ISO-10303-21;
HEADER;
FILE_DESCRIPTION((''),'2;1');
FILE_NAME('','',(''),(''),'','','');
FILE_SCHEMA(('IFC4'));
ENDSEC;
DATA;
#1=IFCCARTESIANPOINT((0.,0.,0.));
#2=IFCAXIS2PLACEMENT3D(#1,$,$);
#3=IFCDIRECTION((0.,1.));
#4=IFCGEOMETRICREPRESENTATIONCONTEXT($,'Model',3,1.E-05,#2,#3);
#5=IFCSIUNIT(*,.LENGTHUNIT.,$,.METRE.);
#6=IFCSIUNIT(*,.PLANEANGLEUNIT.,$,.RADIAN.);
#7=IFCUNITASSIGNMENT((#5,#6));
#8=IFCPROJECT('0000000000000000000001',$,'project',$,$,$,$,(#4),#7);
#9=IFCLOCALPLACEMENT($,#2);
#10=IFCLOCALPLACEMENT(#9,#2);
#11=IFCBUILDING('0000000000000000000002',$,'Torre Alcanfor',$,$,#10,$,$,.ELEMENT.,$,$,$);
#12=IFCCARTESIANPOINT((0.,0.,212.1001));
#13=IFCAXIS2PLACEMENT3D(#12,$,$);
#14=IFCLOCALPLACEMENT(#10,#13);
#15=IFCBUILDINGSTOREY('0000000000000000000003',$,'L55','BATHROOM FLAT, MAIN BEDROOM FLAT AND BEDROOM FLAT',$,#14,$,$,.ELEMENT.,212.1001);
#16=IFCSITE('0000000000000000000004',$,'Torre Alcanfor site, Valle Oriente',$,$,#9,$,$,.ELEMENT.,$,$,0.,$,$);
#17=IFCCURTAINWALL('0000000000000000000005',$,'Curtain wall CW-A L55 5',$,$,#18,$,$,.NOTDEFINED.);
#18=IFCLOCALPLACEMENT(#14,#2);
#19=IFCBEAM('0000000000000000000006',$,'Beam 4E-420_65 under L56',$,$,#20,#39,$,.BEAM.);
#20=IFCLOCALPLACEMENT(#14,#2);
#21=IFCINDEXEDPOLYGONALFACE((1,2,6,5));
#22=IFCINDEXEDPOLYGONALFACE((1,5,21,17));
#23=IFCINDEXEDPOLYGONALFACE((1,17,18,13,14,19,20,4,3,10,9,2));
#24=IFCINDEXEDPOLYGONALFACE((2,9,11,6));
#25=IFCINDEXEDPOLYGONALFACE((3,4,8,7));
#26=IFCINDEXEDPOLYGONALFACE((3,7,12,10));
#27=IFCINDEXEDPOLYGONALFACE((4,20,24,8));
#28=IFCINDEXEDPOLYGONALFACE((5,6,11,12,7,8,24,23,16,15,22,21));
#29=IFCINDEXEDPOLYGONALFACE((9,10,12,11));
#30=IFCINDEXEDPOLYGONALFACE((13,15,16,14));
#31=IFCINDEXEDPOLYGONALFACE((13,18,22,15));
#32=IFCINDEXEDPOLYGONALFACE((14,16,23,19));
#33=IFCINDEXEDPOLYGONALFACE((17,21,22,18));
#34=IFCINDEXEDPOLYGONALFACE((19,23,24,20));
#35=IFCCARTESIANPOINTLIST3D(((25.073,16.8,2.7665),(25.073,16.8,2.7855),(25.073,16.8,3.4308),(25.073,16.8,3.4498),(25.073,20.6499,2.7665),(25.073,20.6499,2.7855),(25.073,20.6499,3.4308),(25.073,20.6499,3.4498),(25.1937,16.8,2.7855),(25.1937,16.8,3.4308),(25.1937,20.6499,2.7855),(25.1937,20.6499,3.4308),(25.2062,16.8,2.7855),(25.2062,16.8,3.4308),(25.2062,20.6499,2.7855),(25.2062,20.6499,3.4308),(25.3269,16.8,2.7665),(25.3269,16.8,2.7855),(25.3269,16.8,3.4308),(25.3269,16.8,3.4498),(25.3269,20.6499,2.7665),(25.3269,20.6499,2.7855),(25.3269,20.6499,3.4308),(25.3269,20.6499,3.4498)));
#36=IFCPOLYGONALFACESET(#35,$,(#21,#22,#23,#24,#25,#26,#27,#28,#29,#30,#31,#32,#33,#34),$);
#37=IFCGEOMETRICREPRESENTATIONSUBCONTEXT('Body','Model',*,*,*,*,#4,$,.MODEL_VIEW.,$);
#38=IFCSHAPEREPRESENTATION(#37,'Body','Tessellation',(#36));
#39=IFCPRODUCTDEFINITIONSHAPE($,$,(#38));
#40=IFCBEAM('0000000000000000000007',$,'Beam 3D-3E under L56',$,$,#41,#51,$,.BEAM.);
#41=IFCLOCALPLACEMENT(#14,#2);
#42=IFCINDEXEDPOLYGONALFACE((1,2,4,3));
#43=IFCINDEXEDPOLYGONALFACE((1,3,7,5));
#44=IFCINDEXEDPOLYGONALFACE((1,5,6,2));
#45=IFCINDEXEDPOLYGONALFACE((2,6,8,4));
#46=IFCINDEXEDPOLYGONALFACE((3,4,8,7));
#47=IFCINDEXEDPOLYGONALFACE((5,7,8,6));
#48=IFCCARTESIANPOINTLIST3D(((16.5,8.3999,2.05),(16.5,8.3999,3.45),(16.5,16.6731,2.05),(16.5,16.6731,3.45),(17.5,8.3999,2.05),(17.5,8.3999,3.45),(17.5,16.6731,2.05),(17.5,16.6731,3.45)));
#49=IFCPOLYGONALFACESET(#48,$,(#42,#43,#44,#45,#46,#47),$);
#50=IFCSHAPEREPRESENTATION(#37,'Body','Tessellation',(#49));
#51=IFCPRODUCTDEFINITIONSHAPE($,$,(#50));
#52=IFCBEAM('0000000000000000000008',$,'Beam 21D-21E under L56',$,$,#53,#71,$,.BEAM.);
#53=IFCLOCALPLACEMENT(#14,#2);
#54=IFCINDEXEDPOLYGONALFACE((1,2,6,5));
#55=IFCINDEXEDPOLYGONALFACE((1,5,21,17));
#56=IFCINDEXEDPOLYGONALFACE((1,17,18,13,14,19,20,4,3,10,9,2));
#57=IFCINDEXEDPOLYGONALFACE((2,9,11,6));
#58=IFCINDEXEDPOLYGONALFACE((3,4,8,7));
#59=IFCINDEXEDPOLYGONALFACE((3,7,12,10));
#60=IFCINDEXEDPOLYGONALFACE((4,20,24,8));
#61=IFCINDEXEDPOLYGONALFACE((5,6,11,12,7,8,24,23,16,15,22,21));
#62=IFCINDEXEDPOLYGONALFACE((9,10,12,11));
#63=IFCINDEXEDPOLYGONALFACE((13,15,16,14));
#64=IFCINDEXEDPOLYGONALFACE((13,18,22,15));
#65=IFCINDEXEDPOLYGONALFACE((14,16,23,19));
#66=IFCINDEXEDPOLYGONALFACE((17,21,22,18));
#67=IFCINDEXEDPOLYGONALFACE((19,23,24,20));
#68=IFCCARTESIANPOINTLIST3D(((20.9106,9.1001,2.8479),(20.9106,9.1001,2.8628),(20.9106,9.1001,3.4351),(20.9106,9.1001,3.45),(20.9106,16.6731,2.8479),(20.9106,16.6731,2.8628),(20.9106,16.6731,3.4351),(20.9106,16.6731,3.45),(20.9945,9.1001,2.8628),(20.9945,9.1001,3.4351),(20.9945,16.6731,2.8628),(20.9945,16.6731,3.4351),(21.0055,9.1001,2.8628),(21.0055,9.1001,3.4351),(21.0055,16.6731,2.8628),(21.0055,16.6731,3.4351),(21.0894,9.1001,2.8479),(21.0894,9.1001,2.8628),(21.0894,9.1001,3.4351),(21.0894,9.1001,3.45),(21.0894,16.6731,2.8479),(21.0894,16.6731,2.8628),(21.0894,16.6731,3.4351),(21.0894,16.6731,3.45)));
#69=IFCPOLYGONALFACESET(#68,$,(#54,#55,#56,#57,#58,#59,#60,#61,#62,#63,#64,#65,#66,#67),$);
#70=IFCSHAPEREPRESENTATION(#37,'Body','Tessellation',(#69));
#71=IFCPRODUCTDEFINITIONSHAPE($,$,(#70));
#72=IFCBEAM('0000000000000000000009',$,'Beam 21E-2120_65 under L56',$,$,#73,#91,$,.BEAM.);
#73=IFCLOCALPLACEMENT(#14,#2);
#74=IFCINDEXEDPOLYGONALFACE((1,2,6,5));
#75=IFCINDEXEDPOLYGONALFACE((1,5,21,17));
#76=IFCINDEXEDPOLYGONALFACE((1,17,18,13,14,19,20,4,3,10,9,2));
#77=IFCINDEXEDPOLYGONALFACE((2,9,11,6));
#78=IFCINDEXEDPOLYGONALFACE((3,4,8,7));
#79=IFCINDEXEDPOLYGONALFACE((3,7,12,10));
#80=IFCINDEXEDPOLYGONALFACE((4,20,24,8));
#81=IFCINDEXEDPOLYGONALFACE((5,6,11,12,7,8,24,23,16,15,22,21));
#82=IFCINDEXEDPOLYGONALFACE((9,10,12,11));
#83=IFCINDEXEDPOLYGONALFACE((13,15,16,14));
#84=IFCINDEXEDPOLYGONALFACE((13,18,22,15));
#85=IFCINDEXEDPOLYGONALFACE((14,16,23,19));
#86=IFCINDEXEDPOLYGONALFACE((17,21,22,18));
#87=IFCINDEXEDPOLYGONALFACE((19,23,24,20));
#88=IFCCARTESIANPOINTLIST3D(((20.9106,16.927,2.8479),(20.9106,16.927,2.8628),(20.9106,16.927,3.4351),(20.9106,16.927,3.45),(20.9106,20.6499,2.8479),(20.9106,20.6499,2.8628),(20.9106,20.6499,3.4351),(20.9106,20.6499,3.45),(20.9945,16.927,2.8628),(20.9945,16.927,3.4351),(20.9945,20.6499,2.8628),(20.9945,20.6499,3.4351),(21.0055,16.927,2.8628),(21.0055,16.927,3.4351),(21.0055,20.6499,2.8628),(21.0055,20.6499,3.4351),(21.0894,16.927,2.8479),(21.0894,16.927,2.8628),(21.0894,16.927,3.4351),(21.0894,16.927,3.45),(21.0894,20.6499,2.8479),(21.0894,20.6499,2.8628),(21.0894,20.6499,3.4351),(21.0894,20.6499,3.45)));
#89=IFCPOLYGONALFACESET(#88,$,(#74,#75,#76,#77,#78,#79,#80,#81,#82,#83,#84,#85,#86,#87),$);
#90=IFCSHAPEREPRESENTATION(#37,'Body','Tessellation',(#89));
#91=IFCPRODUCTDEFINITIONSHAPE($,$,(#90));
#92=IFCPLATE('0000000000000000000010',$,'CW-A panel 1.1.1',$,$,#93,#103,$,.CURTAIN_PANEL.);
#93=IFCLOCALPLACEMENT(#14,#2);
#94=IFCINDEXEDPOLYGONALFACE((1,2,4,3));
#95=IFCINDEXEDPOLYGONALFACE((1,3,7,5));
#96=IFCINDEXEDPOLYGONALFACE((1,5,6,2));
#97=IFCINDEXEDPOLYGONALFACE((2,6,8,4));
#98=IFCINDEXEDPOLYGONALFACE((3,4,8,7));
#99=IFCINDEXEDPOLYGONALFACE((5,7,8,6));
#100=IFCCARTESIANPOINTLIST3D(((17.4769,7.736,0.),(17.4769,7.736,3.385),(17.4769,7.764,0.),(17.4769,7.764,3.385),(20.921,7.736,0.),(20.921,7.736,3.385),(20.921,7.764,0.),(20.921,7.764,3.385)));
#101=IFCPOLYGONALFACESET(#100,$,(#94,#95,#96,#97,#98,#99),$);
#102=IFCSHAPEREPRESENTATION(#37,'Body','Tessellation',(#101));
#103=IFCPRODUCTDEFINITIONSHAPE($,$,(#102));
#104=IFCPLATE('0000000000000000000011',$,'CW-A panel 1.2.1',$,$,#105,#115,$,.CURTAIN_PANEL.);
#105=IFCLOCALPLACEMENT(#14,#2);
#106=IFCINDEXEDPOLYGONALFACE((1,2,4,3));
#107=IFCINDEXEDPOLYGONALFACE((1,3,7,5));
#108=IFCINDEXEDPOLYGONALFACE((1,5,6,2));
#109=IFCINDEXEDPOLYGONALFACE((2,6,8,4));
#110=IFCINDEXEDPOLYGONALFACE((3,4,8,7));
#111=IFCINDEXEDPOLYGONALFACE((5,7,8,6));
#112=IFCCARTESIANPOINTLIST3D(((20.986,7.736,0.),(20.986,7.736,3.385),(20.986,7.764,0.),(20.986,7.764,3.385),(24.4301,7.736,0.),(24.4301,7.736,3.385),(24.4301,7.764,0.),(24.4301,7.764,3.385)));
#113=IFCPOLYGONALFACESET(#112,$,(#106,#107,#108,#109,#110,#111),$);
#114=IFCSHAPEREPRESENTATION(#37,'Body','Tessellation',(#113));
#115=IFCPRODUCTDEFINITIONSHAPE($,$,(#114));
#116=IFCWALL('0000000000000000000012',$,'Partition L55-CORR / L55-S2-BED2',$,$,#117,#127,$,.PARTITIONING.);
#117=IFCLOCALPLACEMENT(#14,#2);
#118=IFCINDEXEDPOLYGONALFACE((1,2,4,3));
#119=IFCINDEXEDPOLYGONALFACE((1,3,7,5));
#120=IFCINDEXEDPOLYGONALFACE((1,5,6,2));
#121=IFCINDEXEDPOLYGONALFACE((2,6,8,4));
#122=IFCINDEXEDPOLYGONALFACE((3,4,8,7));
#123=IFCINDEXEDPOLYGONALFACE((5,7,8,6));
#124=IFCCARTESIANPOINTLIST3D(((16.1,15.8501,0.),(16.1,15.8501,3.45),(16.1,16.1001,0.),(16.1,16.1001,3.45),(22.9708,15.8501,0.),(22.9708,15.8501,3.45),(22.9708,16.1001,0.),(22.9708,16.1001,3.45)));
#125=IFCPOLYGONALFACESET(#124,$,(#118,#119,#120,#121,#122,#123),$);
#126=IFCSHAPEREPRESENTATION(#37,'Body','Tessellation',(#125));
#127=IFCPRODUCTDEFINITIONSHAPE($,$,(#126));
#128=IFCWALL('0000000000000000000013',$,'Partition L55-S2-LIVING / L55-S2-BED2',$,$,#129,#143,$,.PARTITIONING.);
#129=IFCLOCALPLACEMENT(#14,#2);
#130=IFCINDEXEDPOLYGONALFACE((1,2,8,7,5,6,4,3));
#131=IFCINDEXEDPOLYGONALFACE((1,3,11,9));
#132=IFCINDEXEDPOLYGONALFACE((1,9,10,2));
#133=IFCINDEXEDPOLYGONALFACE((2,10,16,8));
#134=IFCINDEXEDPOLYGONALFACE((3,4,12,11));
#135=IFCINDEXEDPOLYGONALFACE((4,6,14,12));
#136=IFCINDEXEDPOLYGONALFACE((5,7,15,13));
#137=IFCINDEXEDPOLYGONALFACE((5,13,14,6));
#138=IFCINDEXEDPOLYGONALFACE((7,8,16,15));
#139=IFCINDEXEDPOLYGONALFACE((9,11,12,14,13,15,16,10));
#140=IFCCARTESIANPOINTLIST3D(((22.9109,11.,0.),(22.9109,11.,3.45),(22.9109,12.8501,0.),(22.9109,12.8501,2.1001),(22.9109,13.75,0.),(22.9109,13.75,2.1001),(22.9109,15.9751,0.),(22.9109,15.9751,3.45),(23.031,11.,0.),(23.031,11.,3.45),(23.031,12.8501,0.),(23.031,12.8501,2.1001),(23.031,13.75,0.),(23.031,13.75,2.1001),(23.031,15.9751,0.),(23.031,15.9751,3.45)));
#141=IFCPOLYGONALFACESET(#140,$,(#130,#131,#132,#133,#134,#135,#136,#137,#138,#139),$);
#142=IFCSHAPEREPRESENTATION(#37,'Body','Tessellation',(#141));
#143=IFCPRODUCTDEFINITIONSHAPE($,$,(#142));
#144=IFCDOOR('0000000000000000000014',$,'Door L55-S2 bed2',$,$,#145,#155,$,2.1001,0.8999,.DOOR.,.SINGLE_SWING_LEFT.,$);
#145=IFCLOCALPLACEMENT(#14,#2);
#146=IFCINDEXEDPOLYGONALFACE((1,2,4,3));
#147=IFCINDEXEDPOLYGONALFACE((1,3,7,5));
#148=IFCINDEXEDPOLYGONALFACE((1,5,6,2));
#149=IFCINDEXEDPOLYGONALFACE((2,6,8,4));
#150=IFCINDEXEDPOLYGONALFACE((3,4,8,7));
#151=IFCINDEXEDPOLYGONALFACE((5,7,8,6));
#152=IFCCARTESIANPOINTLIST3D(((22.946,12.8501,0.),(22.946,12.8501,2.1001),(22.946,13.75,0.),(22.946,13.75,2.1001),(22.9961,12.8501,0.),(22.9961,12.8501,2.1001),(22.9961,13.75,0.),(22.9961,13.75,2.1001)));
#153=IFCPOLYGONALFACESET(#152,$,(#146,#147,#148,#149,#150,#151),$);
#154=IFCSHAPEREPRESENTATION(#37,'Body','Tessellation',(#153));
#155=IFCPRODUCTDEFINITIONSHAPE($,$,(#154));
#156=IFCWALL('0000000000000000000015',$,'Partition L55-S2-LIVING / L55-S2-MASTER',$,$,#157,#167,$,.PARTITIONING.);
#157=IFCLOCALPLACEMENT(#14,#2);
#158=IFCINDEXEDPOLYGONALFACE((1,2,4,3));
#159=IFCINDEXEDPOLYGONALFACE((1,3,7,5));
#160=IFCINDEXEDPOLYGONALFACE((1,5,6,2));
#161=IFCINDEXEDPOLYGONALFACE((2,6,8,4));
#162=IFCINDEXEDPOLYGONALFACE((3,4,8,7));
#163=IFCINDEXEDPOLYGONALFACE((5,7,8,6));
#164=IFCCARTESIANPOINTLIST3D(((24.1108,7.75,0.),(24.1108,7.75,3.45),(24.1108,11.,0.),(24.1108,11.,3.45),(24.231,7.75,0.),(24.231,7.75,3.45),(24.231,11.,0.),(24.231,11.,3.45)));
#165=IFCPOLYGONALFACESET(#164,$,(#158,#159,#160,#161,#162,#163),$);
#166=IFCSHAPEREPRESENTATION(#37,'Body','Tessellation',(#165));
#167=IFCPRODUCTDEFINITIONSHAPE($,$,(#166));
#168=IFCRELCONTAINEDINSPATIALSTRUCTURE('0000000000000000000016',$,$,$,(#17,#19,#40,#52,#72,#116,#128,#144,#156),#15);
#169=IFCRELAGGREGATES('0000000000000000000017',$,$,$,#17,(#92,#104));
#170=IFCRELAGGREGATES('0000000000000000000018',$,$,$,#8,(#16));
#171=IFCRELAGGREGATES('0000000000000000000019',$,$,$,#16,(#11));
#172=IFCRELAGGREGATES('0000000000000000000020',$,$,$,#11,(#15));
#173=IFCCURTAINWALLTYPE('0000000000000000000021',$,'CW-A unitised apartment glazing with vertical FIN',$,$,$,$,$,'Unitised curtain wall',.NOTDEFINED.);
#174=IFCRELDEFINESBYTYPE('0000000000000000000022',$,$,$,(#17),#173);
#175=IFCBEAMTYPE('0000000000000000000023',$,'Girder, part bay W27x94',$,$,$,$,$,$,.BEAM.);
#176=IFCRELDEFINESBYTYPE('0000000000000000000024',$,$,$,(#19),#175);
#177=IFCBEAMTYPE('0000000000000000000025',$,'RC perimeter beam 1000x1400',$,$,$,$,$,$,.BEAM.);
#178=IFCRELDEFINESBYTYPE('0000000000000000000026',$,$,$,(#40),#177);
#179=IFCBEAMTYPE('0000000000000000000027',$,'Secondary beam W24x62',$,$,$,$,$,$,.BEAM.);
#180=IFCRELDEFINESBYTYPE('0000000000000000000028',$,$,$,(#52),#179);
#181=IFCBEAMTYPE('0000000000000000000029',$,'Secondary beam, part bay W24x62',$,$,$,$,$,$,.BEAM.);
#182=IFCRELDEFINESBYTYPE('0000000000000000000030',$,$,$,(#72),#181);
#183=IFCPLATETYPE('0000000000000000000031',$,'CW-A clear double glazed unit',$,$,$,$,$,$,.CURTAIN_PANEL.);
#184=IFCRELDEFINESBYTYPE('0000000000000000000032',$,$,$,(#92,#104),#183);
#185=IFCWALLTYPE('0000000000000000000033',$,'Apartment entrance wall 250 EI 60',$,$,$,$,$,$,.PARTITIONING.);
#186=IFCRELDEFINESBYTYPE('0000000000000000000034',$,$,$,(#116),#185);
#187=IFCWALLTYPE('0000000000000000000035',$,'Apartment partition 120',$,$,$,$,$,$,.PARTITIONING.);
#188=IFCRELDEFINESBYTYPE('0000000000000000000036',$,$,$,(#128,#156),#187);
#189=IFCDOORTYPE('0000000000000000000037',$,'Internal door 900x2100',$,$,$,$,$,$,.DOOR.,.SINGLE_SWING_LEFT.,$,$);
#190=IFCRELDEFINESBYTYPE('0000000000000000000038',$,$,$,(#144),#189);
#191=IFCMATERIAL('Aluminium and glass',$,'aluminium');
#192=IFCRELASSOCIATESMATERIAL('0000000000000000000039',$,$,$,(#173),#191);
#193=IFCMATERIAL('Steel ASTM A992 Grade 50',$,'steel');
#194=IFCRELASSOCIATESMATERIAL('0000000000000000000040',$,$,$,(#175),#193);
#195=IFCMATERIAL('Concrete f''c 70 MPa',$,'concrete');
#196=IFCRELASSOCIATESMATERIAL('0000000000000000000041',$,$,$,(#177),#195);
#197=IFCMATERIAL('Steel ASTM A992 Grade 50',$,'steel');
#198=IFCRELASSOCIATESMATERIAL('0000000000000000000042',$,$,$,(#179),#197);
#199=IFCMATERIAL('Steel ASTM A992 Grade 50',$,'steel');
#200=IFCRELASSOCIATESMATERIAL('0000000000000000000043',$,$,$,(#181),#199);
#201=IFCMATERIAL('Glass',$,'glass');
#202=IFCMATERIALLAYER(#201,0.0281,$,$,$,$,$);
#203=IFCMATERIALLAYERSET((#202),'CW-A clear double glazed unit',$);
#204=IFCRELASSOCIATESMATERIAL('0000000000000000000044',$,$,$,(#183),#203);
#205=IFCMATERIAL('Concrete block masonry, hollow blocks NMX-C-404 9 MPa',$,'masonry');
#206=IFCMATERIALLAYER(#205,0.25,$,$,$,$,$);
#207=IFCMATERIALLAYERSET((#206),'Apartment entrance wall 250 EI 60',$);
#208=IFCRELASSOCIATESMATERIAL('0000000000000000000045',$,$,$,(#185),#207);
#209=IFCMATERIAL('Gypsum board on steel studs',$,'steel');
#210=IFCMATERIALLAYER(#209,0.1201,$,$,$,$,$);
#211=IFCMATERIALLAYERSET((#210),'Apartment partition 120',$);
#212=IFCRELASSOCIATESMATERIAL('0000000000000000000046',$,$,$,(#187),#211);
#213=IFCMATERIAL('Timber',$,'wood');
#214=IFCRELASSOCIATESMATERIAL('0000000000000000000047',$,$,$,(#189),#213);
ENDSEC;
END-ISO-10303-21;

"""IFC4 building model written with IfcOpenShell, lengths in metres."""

from ifc_helpers import new_model, si_unit, direction, frame, frame_2d, origin, origin_2d, place, context, subcontext, project, spatial, rectangle, i_section, extrude, material, layer, layer_set, material_profile, profile_set, type_object, element, fill, aggregate, save


model = new_model("IFC4")

# Units and contexts
model_context = context("Model", 3, precision=1e-05, world=origin(), true_north=direction((0.0, 1.0)))
body_context = subcontext(model_context, "Body", "Model", "MODEL_VIEW")
ifc_project = project(units=[si_unit("LENGTHUNIT", "METRE"), si_unit("PLANEANGLEUNIT", "RADIAN")], contexts=[model_context])

# Site, building, storey
site_placement = place(None, origin())
site = spatial("IfcSite", under=ifc_project, at=site_placement, Name="Torre Alcanfor site, Valle Oriente", CompositionType="ELEMENT", RefElevation=0.0)
building_placement = place(site_placement, origin())
building = spatial("IfcBuilding", under=site, at=building_placement, Name="Torre Alcanfor", CompositionType="ELEMENT")
storey_placement = place(building_placement, frame((0.0, 0.0, 212.1001)))
storey = spatial("IfcBuildingStorey", under=building, at=storey_placement, Name="L55", Description="BATHROOM FLAT, MAIN BEDROOM FLAT AND BEDROOM FLAT", CompositionType="ELEMENT", Elevation=212.1001)

# Curtain wall
ifc_material_1 = material(Name="Aluminium and glass", Category="aluminium")
curtain_wall_type = type_object("IfcCurtainWallType", Name="CW-A unitised apartment glazing with vertical FIN", ElementType="Unitised curtain wall", PredefinedType="NOTDEFINED", material=ifc_material_1)
curtain_wall_placement = place(storey_placement, origin())
curtain_wall = element("IfcCurtainWall", 1, at=curtain_wall_placement, inside=storey, type_object=curtain_wall_type, Name="Curtain wall CW-A L55 5", PredefinedType="NOTDEFINED")

# Beams
ifc_material_2 = material(Name="Steel ASTM A992 Grade 50", Category="steel")
ifc_material_profile_1 = material_profile(ifc_material_2, i_section(OverallWidth=0.2539, OverallDepth=0.6833, WebThickness=0.0125, FlangeThickness=0.019, at=origin_2d()), Name="W27x94")
ifc_profile_set_1 = profile_set([ifc_material_profile_1], Name="Steel ASTM A992 Grade 50")
beam_type_1 = type_object("IfcBeamType", Name="Girder, part bay W27x94", PredefinedType="BEAM", material=ifc_profile_set_1)
beam_1_placement = place(storey_placement, frame((25.2, 16.8, 3.1082), z_axis=(0.0, 1.0, 0.0), x_axis=(-1.0, 0.0, 0.0)))
element("IfcBeam", 2, at=beam_1_placement, inside=storey, type_object=beam_type_1, Name="Beam 4E-420_65 under L56", PredefinedType="BEAM", context=body_context, shape_type="SweptSolid", body=[
    extrude(i_section(OverallWidth=0.2539, OverallDepth=0.6833, WebThickness=0.0125, FlangeThickness=0.019, at=origin_2d()), origin(), (0.0, 0.0, 1.0), 3.8499),
])
ifc_material_3 = material(Name="Concrete f'c 70 MPa", Category="concrete")
ifc_material_profile_2 = material_profile(ifc_material_3, rectangle(XDim=1.0, YDim=1.3999, at=origin_2d()), Name="1000x1400")
ifc_profile_set_2 = profile_set([ifc_material_profile_2], Name="Concrete f'c 70 MPa")
beam_type_2 = type_object("IfcBeamType", Name="RC perimeter beam 1000x1400", PredefinedType="BEAM", material=ifc_profile_set_2)
beam_2_placement = place(storey_placement, frame((17.0, 8.3999, 2.75), z_axis=(0.0, 1.0, 0.0), x_axis=(-1.0, 0.0, 0.0)))
element("IfcBeam", 3, at=beam_2_placement, inside=storey, type_object=beam_type_2, Name="Beam 3D-3E under L56", PredefinedType="BEAM", context=body_context, shape_type="SweptSolid", body=[
    extrude(rectangle(XDim=1.0, YDim=1.3999, at=origin_2d()), origin(), (0.0, 0.0, 1.0), 8.2732),
])
ifc_material_4 = material(Name="Steel ASTM A992 Grade 50", Category="steel")
ifc_material_profile_3 = material_profile(ifc_material_4, i_section(OverallWidth=0.1787, OverallDepth=0.6021, WebThickness=0.011, FlangeThickness=0.0149, at=origin_2d()), Name="W24x62")
ifc_profile_set_3 = profile_set([ifc_material_profile_3], Name="Steel ASTM A992 Grade 50")
beam_type_3 = type_object("IfcBeamType", Name="Secondary beam W24x62", PredefinedType="BEAM", material=ifc_profile_set_3)
beam_3_placement = place(storey_placement, frame((21.0, 9.1001, 3.1489), z_axis=(0.0, 1.0, 0.0), x_axis=(-1.0, 0.0, 0.0)))
element("IfcBeam", 4, at=beam_3_placement, inside=storey, type_object=beam_type_3, Name="Beam 21D-21E under L56", PredefinedType="BEAM", context=body_context, shape_type="SweptSolid", body=[
    extrude(i_section(OverallWidth=0.1787, OverallDepth=0.6021, WebThickness=0.011, FlangeThickness=0.0149, at=origin_2d()), origin(), (0.0, 0.0, 1.0), 7.573),
])
ifc_material_5 = material(Name="Steel ASTM A992 Grade 50", Category="steel")
ifc_material_profile_4 = material_profile(ifc_material_5, i_section(OverallWidth=0.1787, OverallDepth=0.6021, WebThickness=0.011, FlangeThickness=0.0149, at=origin_2d()), Name="W24x62")
ifc_profile_set_4 = profile_set([ifc_material_profile_4], Name="Steel ASTM A992 Grade 50")
beam_type_4 = type_object("IfcBeamType", Name="Secondary beam, part bay W24x62", PredefinedType="BEAM", material=ifc_profile_set_4)
beam_4_placement = place(storey_placement, frame((21.0, 16.927, 3.1489), z_axis=(0.0, 1.0, 0.0), x_axis=(-1.0, 0.0, 0.0)))
element("IfcBeam", 5, at=beam_4_placement, inside=storey, type_object=beam_type_4, Name="Beam 21E-2120_65 under L56", PredefinedType="BEAM", context=body_context, shape_type="SweptSolid", body=[
    extrude(i_section(OverallWidth=0.1787, OverallDepth=0.6021, WebThickness=0.011, FlangeThickness=0.0149, at=origin_2d()), origin(), (0.0, 0.0, 1.0), 3.7229),
])

# Plates
ifc_material_6 = material(Name="Glass", Category="glass")
ifc_layer_1 = layer(ifc_material_6, 0.0281)
ifc_layer_set_1 = layer_set([ifc_layer_1], Name="CW-A clear double glazed unit")
plate_type = type_object("IfcPlateType", Name="CW-A clear double glazed unit", PredefinedType="CURTAIN_PANEL", material=ifc_layer_set_1)
plate_1_placement = place(storey_placement, frame((19.199, 7.75, 0.0), z_axis=(0.0, 0.0, 1.0), x_axis=(1.0, 0.0, 0.0)))
plate_1 = element("IfcPlate", 6, at=plate_1_placement, type_object=plate_type, Name="CW-A panel 1.1.1", PredefinedType="CURTAIN_PANEL", context=body_context, shape_type="SweptSolid", body=[
    extrude(rectangle(XDim=3.4441, YDim=0.0281, at=origin_2d()), origin(), (0.0, 0.0, 1.0), 3.385),
])
plate_2_placement = place(storey_placement, frame((22.708, 7.75, 0.0), z_axis=(0.0, 0.0, 1.0), x_axis=(1.0, 0.0, 0.0)))
plate_2 = element("IfcPlate", 7, at=plate_2_placement, type_object=plate_type, Name="CW-A panel 1.2.1", PredefinedType="CURTAIN_PANEL", context=body_context, shape_type="SweptSolid", body=[
    extrude(rectangle(XDim=3.4441, YDim=0.0281, at=origin_2d()), origin(), (0.0, 0.0, 1.0), 3.385),
])
aggregate(curtain_wall, [plate_1, plate_2])

# Wall
ifc_material_7 = material(Name="Concrete block masonry, hollow blocks NMX-C-404 9 MPa", Category="masonry")
ifc_layer_2 = layer(ifc_material_7, 0.25)
ifc_layer_set_2 = layer_set([ifc_layer_2], Name="Apartment entrance wall 250 EI 60")
wall_type_1 = type_object("IfcWallType", Name="Apartment entrance wall 250 EI 60", PredefinedType="PARTITIONING", material=ifc_layer_set_2)
wall_1_placement = place(storey_placement, frame((22.9709, 15.9751, 0.0), z_axis=(0.0, 0.0, 1.0), x_axis=(-1.0, 0.0, 0.0)))
element("IfcWall", 8, at=wall_1_placement, inside=storey, type_object=wall_type_1, Name="Partition L55-CORR / L55-S2-BED2", PredefinedType="PARTITIONING", context=body_context, shape_type="SweptSolid", body=[
    extrude(rectangle(XDim=6.8708, YDim=0.25, at=frame_2d((3.4355, 0.0))), origin(), (0.0, 0.0, 1.0), 3.45),
])

# Wall, opening, door
ifc_material_8 = material(Name="Gypsum board on steel studs", Category="steel")
ifc_layer_3 = layer(ifc_material_8, 0.1201)
ifc_layer_set_3 = layer_set([ifc_layer_3], Name="Apartment partition 120")
wall_type_2 = type_object("IfcWallType", Name="Apartment partition 120", PredefinedType="PARTITIONING", material=ifc_layer_set_3)
wall_2_placement = place(storey_placement, frame((22.9709, 11.0, 0.0), z_axis=(0.0, 0.0, 1.0), x_axis=(0.0, 1.0, 0.0)))
wall_2 = element("IfcWall", 9, at=wall_2_placement, inside=storey, type_object=wall_type_2, Name="Partition L55-S2-LIVING / L55-S2-BED2", PredefinedType="PARTITIONING", context=body_context, shape_type="SweptSolid", body=[
    extrude(rectangle(XDim=4.9751, YDim=0.1201, at=frame_2d((2.4875, 0.0))), origin(), (0.0, 0.0, 1.0), 3.45),
])
opening_1_placement = place(wall_2_placement, frame((1.8501, 0.0, 0.0)))
opening_1 = element("IfcOpeningElement", 10, at=opening_1_placement, cuts=wall_2, PredefinedType="OPENING", context=body_context, shape_type="SweptSolid", body=[
    extrude(rectangle(XDim=0.8999, YDim=2.1001, at=frame_2d((0.45, 1.05))), frame((0.0, 0.0701, 0.0), z_axis=(0.0, -1.0, 0.0), x_axis=(1.0, 0.0, 0.0)), (0.0, 0.0, 1.0), 0.1401),
])
ifc_material_9 = material(Name="Timber", Category="wood")
door_type_1 = type_object("IfcDoorType", Name="Internal door 900x2100", OperationType="SINGLE_SWING_LEFT", PredefinedType="DOOR", material=ifc_material_9)
door_1_placement = place(opening_1_placement, origin())
door_1 = element("IfcDoor", 11, at=door_1_placement, inside=storey, type_object=door_type_1, Name="Door L55-S2 bed2", OperationType="SINGLE_SWING_LEFT", OverallHeight=2.1001, OverallWidth=0.8999, PredefinedType="DOOR", context=body_context, shape_type="SweptSolid", body=[
    extrude(rectangle(XDim=0.8999, YDim=2.1001, at=frame_2d((0.45, 1.05))), frame((0.0, 0.0249, 0.0), z_axis=(0.0, -1.0, 0.0), x_axis=(1.0, 0.0, 0.0)), (0.0, 0.0, 1.0), 0.05),
])
fill(opening_1, door_1)

# Wall
wall_3_placement = place(storey_placement, frame((24.1709, 7.75, 0.0), z_axis=(0.0, 0.0, 1.0), x_axis=(0.0, 1.0, 0.0)))
element("IfcWall", 12, at=wall_3_placement, inside=storey, type_object=wall_type_2, Name="Partition L55-S2-LIVING / L55-S2-MASTER", PredefinedType="PARTITIONING", context=body_context, shape_type="SweptSolid", body=[
    extrude(rectangle(XDim=3.25, YDim=0.1201, at=frame_2d((1.625, 0.0))), origin(), (0.0, 0.0, 1.0), 3.45),
])

save(model, "model.ifc")
